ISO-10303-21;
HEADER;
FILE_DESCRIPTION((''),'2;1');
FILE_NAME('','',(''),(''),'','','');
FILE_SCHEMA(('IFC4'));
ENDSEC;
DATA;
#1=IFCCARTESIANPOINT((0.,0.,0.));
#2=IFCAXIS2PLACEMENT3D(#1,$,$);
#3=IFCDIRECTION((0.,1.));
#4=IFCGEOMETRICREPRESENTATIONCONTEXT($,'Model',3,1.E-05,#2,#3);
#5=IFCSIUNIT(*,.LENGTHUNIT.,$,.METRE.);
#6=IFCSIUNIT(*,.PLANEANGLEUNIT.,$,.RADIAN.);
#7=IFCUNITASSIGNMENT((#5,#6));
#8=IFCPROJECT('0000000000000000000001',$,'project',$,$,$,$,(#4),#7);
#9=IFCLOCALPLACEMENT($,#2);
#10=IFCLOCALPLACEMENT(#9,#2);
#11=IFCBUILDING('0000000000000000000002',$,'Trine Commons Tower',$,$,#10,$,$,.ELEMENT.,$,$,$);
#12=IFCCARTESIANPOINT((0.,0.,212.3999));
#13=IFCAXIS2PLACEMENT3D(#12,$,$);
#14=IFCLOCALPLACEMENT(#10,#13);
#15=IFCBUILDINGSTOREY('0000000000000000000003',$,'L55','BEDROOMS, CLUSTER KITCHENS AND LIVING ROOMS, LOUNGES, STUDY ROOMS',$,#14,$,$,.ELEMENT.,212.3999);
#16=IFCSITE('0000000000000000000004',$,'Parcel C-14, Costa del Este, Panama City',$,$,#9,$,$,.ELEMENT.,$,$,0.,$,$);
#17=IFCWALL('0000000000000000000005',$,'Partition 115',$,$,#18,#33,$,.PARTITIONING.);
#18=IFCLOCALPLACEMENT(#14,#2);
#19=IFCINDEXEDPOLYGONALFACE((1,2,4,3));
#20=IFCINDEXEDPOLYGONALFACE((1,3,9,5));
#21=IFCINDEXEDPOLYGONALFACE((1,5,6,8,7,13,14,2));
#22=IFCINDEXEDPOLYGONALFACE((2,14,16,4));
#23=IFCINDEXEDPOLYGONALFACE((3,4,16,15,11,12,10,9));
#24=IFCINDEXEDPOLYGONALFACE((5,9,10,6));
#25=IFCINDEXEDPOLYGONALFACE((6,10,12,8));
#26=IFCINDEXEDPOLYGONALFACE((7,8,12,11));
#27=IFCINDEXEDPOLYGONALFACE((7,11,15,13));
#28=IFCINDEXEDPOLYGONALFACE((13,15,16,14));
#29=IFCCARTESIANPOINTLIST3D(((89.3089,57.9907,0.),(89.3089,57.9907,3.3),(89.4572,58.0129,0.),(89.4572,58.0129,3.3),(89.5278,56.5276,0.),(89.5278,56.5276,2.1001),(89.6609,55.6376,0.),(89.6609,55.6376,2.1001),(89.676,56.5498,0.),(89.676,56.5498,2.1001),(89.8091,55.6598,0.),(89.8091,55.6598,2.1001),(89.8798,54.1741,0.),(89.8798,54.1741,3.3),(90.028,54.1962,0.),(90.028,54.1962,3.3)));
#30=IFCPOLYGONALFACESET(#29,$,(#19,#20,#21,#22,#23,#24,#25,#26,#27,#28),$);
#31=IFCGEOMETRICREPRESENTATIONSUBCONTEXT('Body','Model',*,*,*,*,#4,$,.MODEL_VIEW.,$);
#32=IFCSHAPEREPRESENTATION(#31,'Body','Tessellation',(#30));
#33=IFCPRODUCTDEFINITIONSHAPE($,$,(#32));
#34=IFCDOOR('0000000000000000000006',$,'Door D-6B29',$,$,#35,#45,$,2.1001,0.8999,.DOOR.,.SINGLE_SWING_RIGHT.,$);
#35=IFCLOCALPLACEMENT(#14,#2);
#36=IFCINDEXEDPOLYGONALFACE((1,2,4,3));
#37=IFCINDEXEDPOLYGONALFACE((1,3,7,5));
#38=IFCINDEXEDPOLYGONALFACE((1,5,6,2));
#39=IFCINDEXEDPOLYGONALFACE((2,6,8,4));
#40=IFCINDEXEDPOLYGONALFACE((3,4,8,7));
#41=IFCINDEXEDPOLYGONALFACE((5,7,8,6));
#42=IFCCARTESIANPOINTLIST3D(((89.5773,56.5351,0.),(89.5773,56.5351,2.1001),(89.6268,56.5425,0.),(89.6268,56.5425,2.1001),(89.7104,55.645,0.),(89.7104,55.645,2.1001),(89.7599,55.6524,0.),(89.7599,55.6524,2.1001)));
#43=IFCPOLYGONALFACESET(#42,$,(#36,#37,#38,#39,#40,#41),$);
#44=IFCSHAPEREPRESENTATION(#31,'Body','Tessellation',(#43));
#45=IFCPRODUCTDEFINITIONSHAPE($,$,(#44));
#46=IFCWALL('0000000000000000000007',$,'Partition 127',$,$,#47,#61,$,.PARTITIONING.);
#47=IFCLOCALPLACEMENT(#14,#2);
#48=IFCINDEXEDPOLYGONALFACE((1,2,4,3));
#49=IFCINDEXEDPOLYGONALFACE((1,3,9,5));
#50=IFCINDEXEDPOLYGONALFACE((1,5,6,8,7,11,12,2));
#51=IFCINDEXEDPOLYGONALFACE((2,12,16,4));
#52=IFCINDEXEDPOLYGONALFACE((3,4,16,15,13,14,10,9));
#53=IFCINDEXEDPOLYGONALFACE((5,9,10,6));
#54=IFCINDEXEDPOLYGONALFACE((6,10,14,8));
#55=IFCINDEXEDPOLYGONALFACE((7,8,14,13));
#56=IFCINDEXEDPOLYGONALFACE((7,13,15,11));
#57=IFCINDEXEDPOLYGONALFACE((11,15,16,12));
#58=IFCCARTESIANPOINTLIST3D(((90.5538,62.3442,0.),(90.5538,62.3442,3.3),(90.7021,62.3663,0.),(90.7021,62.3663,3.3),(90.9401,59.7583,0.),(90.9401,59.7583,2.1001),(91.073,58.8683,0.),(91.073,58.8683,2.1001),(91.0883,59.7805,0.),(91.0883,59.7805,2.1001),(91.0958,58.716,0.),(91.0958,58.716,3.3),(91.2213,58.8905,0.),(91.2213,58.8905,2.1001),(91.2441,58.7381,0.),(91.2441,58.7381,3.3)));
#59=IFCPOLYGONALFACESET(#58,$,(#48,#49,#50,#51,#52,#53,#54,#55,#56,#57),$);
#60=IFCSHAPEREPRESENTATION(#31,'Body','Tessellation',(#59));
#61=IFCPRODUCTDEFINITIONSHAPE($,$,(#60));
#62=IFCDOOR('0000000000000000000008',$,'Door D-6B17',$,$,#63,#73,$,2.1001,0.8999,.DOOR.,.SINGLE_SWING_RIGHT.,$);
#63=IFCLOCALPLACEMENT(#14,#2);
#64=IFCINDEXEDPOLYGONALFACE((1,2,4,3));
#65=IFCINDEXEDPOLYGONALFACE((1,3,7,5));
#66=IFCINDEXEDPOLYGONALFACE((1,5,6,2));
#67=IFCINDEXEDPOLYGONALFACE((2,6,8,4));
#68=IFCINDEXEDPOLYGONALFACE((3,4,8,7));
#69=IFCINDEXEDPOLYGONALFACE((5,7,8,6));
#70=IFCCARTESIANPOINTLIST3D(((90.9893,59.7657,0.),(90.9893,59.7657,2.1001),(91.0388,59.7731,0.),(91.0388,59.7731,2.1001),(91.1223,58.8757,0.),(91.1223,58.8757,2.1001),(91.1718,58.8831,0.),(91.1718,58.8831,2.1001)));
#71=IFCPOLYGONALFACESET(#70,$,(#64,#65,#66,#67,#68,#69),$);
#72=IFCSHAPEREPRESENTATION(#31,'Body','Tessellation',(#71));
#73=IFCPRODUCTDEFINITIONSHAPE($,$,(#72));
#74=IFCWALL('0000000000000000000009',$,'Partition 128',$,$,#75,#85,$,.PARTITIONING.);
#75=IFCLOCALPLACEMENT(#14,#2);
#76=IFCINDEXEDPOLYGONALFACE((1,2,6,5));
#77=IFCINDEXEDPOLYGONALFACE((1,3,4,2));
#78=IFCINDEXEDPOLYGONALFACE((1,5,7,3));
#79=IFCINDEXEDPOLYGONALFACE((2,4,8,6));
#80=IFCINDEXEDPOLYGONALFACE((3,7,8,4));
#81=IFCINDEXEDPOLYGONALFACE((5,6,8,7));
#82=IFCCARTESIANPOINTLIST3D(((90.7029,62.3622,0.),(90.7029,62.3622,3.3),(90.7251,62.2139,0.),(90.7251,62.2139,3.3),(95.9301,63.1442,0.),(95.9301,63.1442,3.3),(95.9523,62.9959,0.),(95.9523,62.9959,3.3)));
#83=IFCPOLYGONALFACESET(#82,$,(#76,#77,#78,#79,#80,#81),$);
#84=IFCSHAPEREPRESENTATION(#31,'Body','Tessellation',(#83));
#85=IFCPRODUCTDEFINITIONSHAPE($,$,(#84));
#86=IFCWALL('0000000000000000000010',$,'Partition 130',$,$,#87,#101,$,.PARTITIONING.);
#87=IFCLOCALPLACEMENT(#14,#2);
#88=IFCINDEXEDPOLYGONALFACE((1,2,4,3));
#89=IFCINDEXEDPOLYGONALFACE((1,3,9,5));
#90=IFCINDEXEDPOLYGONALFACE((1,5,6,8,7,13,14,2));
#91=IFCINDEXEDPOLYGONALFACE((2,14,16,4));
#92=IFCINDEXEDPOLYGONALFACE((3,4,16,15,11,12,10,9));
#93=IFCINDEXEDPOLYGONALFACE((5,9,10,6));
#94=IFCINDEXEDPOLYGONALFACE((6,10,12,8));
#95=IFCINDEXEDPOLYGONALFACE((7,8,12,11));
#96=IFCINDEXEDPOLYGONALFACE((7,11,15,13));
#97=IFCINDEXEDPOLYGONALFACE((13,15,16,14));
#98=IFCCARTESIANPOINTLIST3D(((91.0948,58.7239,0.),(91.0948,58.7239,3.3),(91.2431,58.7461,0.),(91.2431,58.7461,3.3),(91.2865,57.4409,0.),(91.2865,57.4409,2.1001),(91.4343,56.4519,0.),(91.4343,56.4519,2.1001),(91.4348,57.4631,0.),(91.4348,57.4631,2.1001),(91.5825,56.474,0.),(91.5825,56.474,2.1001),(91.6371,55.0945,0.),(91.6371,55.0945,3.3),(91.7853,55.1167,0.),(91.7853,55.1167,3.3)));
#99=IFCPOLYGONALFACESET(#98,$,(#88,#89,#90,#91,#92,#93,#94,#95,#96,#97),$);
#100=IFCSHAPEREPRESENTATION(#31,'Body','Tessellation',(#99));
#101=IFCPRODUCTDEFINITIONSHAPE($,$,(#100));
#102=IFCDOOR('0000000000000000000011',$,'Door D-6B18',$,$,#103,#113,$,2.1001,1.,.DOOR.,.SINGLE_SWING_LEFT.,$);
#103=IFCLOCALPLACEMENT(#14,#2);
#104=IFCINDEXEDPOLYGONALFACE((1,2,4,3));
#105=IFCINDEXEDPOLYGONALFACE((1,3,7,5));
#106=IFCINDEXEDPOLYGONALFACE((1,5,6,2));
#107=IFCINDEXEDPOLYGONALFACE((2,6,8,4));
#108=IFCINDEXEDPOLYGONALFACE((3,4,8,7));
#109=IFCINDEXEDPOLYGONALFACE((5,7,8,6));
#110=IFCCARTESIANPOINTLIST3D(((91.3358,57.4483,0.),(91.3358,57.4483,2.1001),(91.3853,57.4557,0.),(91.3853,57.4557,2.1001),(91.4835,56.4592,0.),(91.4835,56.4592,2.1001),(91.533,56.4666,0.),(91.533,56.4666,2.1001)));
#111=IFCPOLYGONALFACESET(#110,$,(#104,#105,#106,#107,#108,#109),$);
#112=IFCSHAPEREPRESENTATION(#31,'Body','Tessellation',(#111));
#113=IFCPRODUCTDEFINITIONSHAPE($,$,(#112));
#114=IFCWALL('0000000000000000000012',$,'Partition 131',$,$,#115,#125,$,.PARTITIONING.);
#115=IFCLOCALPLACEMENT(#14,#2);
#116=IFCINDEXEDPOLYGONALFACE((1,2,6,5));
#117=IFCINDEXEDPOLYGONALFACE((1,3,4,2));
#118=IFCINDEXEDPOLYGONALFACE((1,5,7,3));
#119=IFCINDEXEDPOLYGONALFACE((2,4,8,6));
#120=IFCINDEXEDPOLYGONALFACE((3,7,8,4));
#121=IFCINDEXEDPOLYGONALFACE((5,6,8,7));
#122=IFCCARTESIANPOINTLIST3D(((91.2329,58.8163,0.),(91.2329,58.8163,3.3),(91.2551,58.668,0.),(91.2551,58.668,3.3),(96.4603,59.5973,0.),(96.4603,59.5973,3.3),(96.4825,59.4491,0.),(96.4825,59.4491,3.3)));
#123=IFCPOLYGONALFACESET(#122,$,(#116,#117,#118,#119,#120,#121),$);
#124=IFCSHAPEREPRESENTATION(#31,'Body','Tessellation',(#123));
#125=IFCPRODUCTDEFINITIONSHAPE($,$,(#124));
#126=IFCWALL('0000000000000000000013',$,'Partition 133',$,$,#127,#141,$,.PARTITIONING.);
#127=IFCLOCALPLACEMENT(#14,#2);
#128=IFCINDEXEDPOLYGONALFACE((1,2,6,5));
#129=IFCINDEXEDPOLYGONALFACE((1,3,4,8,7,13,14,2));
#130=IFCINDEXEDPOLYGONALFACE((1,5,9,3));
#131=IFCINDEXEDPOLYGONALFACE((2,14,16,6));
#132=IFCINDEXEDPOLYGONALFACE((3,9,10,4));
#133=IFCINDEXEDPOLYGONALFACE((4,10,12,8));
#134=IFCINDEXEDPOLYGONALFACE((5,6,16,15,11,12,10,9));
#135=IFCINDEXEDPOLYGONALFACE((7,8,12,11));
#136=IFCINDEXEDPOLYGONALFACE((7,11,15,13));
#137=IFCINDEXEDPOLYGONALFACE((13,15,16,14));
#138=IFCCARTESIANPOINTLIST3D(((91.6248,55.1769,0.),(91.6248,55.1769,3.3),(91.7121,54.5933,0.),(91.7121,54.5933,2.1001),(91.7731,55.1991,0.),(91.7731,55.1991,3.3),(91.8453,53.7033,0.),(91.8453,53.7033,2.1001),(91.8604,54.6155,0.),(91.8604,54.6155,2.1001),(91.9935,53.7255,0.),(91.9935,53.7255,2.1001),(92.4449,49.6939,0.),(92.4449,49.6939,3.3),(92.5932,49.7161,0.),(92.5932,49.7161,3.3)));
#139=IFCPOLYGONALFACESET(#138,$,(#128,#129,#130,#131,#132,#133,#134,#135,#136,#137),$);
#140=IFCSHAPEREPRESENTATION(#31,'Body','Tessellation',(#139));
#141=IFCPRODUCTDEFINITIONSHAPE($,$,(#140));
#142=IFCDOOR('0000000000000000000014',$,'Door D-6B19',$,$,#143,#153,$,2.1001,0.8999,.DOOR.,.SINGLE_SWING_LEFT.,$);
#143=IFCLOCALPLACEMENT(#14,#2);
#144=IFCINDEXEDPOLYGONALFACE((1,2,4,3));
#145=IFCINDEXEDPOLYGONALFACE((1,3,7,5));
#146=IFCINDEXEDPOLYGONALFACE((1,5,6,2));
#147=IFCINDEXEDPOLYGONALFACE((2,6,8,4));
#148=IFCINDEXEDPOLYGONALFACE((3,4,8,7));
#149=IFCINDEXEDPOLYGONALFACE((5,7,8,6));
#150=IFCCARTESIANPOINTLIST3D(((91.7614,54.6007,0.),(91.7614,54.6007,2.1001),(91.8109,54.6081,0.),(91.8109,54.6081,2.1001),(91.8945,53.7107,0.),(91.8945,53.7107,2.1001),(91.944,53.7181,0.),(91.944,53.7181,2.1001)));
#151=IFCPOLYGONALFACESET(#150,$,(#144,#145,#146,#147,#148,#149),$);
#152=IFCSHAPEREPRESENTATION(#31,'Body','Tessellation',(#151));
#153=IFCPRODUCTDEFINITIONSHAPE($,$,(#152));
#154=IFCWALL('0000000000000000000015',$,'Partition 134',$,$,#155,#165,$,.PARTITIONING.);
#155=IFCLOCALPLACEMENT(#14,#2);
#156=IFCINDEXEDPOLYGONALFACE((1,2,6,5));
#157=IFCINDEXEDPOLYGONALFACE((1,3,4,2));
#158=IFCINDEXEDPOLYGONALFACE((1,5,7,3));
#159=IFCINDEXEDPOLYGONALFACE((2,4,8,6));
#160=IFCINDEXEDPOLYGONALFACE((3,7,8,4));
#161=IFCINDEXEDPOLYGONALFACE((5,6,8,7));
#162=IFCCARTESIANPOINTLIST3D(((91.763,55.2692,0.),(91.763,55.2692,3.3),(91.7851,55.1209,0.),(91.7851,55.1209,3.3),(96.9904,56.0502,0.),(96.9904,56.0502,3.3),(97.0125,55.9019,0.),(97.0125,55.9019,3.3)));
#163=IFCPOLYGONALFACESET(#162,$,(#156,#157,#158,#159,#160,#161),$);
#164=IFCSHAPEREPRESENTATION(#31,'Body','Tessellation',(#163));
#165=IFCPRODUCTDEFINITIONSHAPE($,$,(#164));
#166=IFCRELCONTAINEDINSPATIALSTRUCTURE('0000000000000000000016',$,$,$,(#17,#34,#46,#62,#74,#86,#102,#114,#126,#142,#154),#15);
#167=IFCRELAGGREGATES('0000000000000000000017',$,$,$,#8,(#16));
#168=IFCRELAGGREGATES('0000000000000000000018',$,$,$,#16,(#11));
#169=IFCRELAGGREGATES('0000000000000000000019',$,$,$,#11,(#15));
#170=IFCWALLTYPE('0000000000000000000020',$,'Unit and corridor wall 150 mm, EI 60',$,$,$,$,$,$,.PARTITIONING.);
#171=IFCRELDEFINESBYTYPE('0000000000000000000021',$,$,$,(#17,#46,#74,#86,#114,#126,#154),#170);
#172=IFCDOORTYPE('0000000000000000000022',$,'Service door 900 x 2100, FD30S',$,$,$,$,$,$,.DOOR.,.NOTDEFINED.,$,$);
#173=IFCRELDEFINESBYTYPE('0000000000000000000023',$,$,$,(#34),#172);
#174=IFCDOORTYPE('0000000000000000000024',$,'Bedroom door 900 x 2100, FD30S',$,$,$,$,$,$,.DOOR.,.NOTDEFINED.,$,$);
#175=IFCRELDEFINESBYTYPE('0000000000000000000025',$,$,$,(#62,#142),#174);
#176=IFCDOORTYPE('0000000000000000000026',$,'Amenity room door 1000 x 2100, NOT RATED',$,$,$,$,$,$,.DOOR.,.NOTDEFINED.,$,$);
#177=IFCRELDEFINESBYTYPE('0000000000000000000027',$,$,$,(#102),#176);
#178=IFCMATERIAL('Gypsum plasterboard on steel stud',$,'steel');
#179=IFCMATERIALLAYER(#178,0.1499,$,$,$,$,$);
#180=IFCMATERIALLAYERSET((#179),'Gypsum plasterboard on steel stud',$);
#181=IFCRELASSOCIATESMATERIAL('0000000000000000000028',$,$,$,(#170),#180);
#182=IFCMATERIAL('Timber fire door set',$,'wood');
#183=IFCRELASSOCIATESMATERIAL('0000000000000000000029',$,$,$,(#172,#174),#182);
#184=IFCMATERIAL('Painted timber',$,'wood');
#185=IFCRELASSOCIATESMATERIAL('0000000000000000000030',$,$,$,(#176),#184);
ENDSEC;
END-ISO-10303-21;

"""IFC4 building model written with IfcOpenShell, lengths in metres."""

from ifc_helpers import new_model, si_unit, direction, frame, frame_2d, origin, place, context, subcontext, project, spatial, rectangle, extrude, material, layer, layer_set, type_object, element, fill, save


model = new_model("IFC4")

# Units and contexts
model_context = context("Model", 3, precision=1e-05, world=origin(), true_north=direction((0.0, 1.0)))
body_context = subcontext(model_context, "Body", "Model", "MODEL_VIEW")
ifc_project = project(units=[si_unit("LENGTHUNIT", "METRE"), si_unit("PLANEANGLEUNIT", "RADIAN")], contexts=[model_context])

# Site, building, storey
site_placement = place(None, origin())
site = spatial("IfcSite", under=ifc_project, at=site_placement, Name="Parcel C-14, Costa del Este, Panama City", CompositionType="ELEMENT", RefElevation=0.0)
building_placement = place(site_placement, origin())
building = spatial("IfcBuilding", under=site, at=building_placement, Name="Trine Commons Tower", CompositionType="ELEMENT")
storey_placement = place(building_placement, frame((0.0, 0.0, 212.3999)))
storey = spatial("IfcBuildingStorey", under=building, at=storey_placement, Name="L55", Description="BEDROOMS, CLUSTER KITCHENS AND LIVING ROOMS, LOUNGES, STUDY ROOMS", CompositionType="ELEMENT", Elevation=212.3999)

# Shared definitions
ifc_material_1 = material(Name="Gypsum plasterboard on steel stud", Category="steel")
ifc_layer_1 = layer(ifc_material_1, 0.1499)
ifc_layer_set_1 = layer_set([ifc_layer_1], Name="Gypsum plasterboard on steel stud")
wall_type_1 = type_object("IfcWallType", Name="Unit and corridor wall 150 mm, EI 60", PredefinedType="PARTITIONING", material=ifc_layer_set_1)

# Walls, openings, doors
wall_1_placement = place(storey_placement, frame((89.3831, 58.002, 0.0), z_axis=(0.0, 0.0, 1.0), x_axis=(0.14791, -0.989001, 0.0)))
wall_1 = element("IfcWall", 1, at=wall_1_placement, inside=storey, type_object=wall_type_1, Name="Partition 115", PredefinedType="PARTITIONING", context=body_context, shape_type="SweptSolid", body=[
    extrude(rectangle(XDim=3.8591, YDim=0.1499, at=frame_2d((1.9297, 0.0))), origin(), (0.0, 0.0, 1.0), 3.3),
])
opening_1_placement = place(wall_1_placement, frame((1.4795, 0.0, 0.0)))
opening_1 = element("IfcOpeningElement", 2, at=opening_1_placement, cuts=wall_1, PredefinedType="OPENING", context=body_context, shape_type="SweptSolid", body=[
    extrude(rectangle(XDim=0.8999, YDim=2.1001, at=frame_2d((0.45, 1.05))), frame((0.0, 0.085, 0.0), z_axis=(0.0, -1.0, 0.0), x_axis=(1.0, 0.0, 0.0)), (0.0, 0.0, 1.0), 0.1699),
])
ifc_material_2 = material(Name="Timber fire door set", Category="wood")
door_type_1 = type_object("IfcDoorType", Name="Service door 900 x 2100, FD30S", OperationType="NOTDEFINED", PredefinedType="DOOR", material=ifc_material_2)
door_1_placement = place(opening_1_placement, frame((0.8999, 0.0, 0.0), z_axis=(0.0, 0.0, 1.0), x_axis=(-1.0, 0.0, 0.0)))
door_1 = element("IfcDoor", 3, at=door_1_placement, inside=storey, type_object=door_type_1, Name="Door D-6B29", OperationType="SINGLE_SWING_RIGHT", OverallHeight=2.1001, OverallWidth=0.8999, PredefinedType="DOOR", context=body_context, shape_type="SweptSolid", body=[
    extrude(rectangle(XDim=0.8999, YDim=2.1001, at=frame_2d((0.45, 1.05))), frame((0.0, 0.0249, 0.0), z_axis=(0.0, -1.0, 0.0), x_axis=(1.0, 0.0, 0.0)), (0.0, 0.0, 1.0), 0.05),
])
fill(opening_1, door_1)
wall_2_placement = place(storey_placement, frame((90.6279, 62.3552, 0.0), z_axis=(0.0, 0.0, 1.0), x_axis=(0.147745, -0.989026, 0.0)))
wall_2 = element("IfcWall", 4, at=wall_2_placement, inside=storey, type_object=wall_type_1, Name="Partition 127", PredefinedType="PARTITIONING", context=body_context, shape_type="SweptSolid", body=[
    extrude(rectangle(XDim=3.6685, YDim=0.1499, at=frame_2d((1.8342, 0.0))), origin(), (0.0, 0.0, 1.0), 3.3),
])
opening_2_placement = place(wall_2_placement, frame((2.6145, 0.0, 0.0)))
opening_2 = element("IfcOpeningElement", 5, at=opening_2_placement, cuts=wall_2, PredefinedType="OPENING", context=body_context, shape_type="SweptSolid", body=[
    extrude(rectangle(XDim=0.8999, YDim=2.1001, at=frame_2d((0.45, 1.05))), frame((0.0, 0.085, 0.0), z_axis=(0.0, -1.0, 0.0), x_axis=(1.0, 0.0, 0.0)), (0.0, 0.0, 1.0), 0.1699),
])
door_type_2 = type_object("IfcDoorType", Name="Bedroom door 900 x 2100, FD30S", OperationType="NOTDEFINED", PredefinedType="DOOR", material=ifc_material_2)
door_2_placement = place(opening_2_placement, origin())
door_2 = element("IfcDoor", 6, at=door_2_placement, inside=storey, type_object=door_type_2, Name="Door D-6B17", OperationType="SINGLE_SWING_RIGHT", OverallHeight=2.1001, OverallWidth=0.8999, PredefinedType="DOOR", context=body_context, shape_type="SweptSolid", body=[
    extrude(rectangle(XDim=0.8999, YDim=2.1001, at=frame_2d((0.45, 1.05))), frame((0.0, 0.0249, 0.0), z_axis=(0.0, -1.0, 0.0), x_axis=(1.0, 0.0, 0.0)), (0.0, 0.0, 1.0), 0.05),
])
fill(opening_2, door_2)

# Wall
wall_3_placement = place(storey_placement, frame((90.7141, 62.2881, 0.0), z_axis=(0.0, 0.0, 1.0), x_axis=(0.988995, 0.14795, 0.0)))
element("IfcWall", 7, at=wall_3_placement, inside=storey, type_object=wall_type_1, Name="Partition 128", PredefinedType="PARTITIONING", context=body_context, shape_type="SweptSolid", body=[
    extrude(rectangle(XDim=5.2854, YDim=0.1499, at=frame_2d((2.6426, 0.0))), origin(), (0.0, 0.0, 1.0), 3.3),
])

# Wall, opening, door
wall_4_placement = place(storey_placement, frame((91.1689, 58.7351, 0.0), z_axis=(0.0, 0.0, 1.0), x_axis=(0.147761, -0.989023, 0.0)))
wall_4 = element("IfcWall", 8, at=wall_4_placement, inside=storey, type_object=wall_type_1, Name="Partition 130", PredefinedType="PARTITIONING", context=body_context, shape_type="SweptSolid", body=[
    extrude(rectangle(XDim=3.6697, YDim=0.1499, at=frame_2d((1.835, 0.0))), origin(), (0.0, 0.0, 1.0), 3.3),
])
opening_3_placement = place(wall_4_placement, frame((1.2974, 0.0, 0.0)))
opening_3 = element("IfcOpeningElement", 9, at=opening_3_placement, cuts=wall_4, PredefinedType="OPENING", context=body_context, shape_type="SweptSolid", body=[
    extrude(rectangle(XDim=1.0, YDim=2.1001, at=frame_2d((0.5, 1.05))), frame((0.0, 0.085, 0.0), z_axis=(0.0, -1.0, 0.0), x_axis=(1.0, 0.0, 0.0)), (0.0, 0.0, 1.0), 0.1699),
])
ifc_material_3 = material(Name="Painted timber", Category="wood")
door_type_3 = type_object("IfcDoorType", Name="Amenity room door 1000 x 2100, NOT RATED", OperationType="NOTDEFINED", PredefinedType="DOOR", material=ifc_material_3)
door_3_placement = place(opening_3_placement, origin())
door_3 = element("IfcDoor", 10, at=door_3_placement, inside=storey, type_object=door_type_3, Name="Door D-6B18", OperationType="SINGLE_SWING_LEFT", OverallHeight=2.1001, OverallWidth=1.0, PredefinedType="DOOR", context=body_context, shape_type="SweptSolid", body=[
    extrude(rectangle(XDim=1.0, YDim=2.1001, at=frame_2d((0.5, 1.05))), frame((0.0, 0.0249, 0.0), z_axis=(0.0, -1.0, 0.0), x_axis=(1.0, 0.0, 0.0)), (0.0, 0.0, 1.0), 0.05),
])
fill(opening_3, door_3)

# Wall
wall_5_placement = place(storey_placement, frame((91.2441, 58.7422, 0.0), z_axis=(0.0, 0.0, 1.0), x_axis=(0.989022, 0.147769, 0.0)))
element("IfcWall", 11, at=wall_5_placement, inside=storey, type_object=wall_type_1, Name="Partition 131", PredefinedType="PARTITIONING", context=body_context, shape_type="SweptSolid", body=[
    extrude(rectangle(XDim=5.2854, YDim=0.1499, at=frame_2d((2.6426, 0.0))), origin(), (0.0, 0.0, 1.0), 3.3),
])

# Wall, opening, door
wall_6_placement = place(storey_placement, frame((91.699, 55.188, 0.0), z_axis=(0.0, 0.0, 1.0), x_axis=(0.147923, -0.988999, 0.0)))
wall_6 = element("IfcWall", 12, at=wall_6_placement, inside=storey, type_object=wall_type_1, Name="Partition 133", PredefinedType="PARTITIONING", context=body_context, shape_type="SweptSolid", body=[
    extrude(rectangle(XDim=5.5439, YDim=0.1499, at=frame_2d((2.772, 0.0))), origin(), (0.0, 0.0, 1.0), 3.3),
])
opening_4_placement = place(wall_6_placement, frame((0.5901, 0.0, 0.0)))
opening_4 = element("IfcOpeningElement", 13, at=opening_4_placement, cuts=wall_6, PredefinedType="OPENING", context=body_context, shape_type="SweptSolid", body=[
    extrude(rectangle(XDim=0.8999, YDim=2.1001, at=frame_2d((0.45, 1.05))), frame((0.0, 0.085, 0.0), z_axis=(0.0, -1.0, 0.0), x_axis=(1.0, 0.0, 0.0)), (0.0, 0.0, 1.0), 0.1699),
])
door_4_placement = place(opening_4_placement, origin())
door_4 = element("IfcDoor", 14, at=door_4_placement, inside=storey, type_object=door_type_2, Name="Door D-6B19", OperationType="SINGLE_SWING_LEFT", OverallHeight=2.1001, OverallWidth=0.8999, PredefinedType="DOOR", context=body_context, shape_type="SweptSolid", body=[
    extrude(rectangle(XDim=0.8999, YDim=2.1001, at=frame_2d((0.45, 1.05))), frame((0.0, 0.0249, 0.0), z_axis=(0.0, -1.0, 0.0), x_axis=(1.0, 0.0, 0.0)), (0.0, 0.0, 1.0), 0.05),
])
fill(opening_4, door_4)

# Wall
wall_7_placement = place(storey_placement, frame((91.7742, 55.1951, 0.0), z_axis=(0.0, 0.0, 1.0), x_axis=(0.989022, 0.147769, 0.0)))
element("IfcWall", 15, at=wall_7_placement, inside=storey, type_object=wall_type_1, Name="Partition 134", PredefinedType="PARTITIONING", context=body_context, shape_type="SweptSolid", body=[
    extrude(rectangle(XDim=5.2854, YDim=0.1499, at=frame_2d((2.6426, 0.0))), origin(), (0.0, 0.0, 1.0), 3.3),
])

save(model, "model.ifc")
